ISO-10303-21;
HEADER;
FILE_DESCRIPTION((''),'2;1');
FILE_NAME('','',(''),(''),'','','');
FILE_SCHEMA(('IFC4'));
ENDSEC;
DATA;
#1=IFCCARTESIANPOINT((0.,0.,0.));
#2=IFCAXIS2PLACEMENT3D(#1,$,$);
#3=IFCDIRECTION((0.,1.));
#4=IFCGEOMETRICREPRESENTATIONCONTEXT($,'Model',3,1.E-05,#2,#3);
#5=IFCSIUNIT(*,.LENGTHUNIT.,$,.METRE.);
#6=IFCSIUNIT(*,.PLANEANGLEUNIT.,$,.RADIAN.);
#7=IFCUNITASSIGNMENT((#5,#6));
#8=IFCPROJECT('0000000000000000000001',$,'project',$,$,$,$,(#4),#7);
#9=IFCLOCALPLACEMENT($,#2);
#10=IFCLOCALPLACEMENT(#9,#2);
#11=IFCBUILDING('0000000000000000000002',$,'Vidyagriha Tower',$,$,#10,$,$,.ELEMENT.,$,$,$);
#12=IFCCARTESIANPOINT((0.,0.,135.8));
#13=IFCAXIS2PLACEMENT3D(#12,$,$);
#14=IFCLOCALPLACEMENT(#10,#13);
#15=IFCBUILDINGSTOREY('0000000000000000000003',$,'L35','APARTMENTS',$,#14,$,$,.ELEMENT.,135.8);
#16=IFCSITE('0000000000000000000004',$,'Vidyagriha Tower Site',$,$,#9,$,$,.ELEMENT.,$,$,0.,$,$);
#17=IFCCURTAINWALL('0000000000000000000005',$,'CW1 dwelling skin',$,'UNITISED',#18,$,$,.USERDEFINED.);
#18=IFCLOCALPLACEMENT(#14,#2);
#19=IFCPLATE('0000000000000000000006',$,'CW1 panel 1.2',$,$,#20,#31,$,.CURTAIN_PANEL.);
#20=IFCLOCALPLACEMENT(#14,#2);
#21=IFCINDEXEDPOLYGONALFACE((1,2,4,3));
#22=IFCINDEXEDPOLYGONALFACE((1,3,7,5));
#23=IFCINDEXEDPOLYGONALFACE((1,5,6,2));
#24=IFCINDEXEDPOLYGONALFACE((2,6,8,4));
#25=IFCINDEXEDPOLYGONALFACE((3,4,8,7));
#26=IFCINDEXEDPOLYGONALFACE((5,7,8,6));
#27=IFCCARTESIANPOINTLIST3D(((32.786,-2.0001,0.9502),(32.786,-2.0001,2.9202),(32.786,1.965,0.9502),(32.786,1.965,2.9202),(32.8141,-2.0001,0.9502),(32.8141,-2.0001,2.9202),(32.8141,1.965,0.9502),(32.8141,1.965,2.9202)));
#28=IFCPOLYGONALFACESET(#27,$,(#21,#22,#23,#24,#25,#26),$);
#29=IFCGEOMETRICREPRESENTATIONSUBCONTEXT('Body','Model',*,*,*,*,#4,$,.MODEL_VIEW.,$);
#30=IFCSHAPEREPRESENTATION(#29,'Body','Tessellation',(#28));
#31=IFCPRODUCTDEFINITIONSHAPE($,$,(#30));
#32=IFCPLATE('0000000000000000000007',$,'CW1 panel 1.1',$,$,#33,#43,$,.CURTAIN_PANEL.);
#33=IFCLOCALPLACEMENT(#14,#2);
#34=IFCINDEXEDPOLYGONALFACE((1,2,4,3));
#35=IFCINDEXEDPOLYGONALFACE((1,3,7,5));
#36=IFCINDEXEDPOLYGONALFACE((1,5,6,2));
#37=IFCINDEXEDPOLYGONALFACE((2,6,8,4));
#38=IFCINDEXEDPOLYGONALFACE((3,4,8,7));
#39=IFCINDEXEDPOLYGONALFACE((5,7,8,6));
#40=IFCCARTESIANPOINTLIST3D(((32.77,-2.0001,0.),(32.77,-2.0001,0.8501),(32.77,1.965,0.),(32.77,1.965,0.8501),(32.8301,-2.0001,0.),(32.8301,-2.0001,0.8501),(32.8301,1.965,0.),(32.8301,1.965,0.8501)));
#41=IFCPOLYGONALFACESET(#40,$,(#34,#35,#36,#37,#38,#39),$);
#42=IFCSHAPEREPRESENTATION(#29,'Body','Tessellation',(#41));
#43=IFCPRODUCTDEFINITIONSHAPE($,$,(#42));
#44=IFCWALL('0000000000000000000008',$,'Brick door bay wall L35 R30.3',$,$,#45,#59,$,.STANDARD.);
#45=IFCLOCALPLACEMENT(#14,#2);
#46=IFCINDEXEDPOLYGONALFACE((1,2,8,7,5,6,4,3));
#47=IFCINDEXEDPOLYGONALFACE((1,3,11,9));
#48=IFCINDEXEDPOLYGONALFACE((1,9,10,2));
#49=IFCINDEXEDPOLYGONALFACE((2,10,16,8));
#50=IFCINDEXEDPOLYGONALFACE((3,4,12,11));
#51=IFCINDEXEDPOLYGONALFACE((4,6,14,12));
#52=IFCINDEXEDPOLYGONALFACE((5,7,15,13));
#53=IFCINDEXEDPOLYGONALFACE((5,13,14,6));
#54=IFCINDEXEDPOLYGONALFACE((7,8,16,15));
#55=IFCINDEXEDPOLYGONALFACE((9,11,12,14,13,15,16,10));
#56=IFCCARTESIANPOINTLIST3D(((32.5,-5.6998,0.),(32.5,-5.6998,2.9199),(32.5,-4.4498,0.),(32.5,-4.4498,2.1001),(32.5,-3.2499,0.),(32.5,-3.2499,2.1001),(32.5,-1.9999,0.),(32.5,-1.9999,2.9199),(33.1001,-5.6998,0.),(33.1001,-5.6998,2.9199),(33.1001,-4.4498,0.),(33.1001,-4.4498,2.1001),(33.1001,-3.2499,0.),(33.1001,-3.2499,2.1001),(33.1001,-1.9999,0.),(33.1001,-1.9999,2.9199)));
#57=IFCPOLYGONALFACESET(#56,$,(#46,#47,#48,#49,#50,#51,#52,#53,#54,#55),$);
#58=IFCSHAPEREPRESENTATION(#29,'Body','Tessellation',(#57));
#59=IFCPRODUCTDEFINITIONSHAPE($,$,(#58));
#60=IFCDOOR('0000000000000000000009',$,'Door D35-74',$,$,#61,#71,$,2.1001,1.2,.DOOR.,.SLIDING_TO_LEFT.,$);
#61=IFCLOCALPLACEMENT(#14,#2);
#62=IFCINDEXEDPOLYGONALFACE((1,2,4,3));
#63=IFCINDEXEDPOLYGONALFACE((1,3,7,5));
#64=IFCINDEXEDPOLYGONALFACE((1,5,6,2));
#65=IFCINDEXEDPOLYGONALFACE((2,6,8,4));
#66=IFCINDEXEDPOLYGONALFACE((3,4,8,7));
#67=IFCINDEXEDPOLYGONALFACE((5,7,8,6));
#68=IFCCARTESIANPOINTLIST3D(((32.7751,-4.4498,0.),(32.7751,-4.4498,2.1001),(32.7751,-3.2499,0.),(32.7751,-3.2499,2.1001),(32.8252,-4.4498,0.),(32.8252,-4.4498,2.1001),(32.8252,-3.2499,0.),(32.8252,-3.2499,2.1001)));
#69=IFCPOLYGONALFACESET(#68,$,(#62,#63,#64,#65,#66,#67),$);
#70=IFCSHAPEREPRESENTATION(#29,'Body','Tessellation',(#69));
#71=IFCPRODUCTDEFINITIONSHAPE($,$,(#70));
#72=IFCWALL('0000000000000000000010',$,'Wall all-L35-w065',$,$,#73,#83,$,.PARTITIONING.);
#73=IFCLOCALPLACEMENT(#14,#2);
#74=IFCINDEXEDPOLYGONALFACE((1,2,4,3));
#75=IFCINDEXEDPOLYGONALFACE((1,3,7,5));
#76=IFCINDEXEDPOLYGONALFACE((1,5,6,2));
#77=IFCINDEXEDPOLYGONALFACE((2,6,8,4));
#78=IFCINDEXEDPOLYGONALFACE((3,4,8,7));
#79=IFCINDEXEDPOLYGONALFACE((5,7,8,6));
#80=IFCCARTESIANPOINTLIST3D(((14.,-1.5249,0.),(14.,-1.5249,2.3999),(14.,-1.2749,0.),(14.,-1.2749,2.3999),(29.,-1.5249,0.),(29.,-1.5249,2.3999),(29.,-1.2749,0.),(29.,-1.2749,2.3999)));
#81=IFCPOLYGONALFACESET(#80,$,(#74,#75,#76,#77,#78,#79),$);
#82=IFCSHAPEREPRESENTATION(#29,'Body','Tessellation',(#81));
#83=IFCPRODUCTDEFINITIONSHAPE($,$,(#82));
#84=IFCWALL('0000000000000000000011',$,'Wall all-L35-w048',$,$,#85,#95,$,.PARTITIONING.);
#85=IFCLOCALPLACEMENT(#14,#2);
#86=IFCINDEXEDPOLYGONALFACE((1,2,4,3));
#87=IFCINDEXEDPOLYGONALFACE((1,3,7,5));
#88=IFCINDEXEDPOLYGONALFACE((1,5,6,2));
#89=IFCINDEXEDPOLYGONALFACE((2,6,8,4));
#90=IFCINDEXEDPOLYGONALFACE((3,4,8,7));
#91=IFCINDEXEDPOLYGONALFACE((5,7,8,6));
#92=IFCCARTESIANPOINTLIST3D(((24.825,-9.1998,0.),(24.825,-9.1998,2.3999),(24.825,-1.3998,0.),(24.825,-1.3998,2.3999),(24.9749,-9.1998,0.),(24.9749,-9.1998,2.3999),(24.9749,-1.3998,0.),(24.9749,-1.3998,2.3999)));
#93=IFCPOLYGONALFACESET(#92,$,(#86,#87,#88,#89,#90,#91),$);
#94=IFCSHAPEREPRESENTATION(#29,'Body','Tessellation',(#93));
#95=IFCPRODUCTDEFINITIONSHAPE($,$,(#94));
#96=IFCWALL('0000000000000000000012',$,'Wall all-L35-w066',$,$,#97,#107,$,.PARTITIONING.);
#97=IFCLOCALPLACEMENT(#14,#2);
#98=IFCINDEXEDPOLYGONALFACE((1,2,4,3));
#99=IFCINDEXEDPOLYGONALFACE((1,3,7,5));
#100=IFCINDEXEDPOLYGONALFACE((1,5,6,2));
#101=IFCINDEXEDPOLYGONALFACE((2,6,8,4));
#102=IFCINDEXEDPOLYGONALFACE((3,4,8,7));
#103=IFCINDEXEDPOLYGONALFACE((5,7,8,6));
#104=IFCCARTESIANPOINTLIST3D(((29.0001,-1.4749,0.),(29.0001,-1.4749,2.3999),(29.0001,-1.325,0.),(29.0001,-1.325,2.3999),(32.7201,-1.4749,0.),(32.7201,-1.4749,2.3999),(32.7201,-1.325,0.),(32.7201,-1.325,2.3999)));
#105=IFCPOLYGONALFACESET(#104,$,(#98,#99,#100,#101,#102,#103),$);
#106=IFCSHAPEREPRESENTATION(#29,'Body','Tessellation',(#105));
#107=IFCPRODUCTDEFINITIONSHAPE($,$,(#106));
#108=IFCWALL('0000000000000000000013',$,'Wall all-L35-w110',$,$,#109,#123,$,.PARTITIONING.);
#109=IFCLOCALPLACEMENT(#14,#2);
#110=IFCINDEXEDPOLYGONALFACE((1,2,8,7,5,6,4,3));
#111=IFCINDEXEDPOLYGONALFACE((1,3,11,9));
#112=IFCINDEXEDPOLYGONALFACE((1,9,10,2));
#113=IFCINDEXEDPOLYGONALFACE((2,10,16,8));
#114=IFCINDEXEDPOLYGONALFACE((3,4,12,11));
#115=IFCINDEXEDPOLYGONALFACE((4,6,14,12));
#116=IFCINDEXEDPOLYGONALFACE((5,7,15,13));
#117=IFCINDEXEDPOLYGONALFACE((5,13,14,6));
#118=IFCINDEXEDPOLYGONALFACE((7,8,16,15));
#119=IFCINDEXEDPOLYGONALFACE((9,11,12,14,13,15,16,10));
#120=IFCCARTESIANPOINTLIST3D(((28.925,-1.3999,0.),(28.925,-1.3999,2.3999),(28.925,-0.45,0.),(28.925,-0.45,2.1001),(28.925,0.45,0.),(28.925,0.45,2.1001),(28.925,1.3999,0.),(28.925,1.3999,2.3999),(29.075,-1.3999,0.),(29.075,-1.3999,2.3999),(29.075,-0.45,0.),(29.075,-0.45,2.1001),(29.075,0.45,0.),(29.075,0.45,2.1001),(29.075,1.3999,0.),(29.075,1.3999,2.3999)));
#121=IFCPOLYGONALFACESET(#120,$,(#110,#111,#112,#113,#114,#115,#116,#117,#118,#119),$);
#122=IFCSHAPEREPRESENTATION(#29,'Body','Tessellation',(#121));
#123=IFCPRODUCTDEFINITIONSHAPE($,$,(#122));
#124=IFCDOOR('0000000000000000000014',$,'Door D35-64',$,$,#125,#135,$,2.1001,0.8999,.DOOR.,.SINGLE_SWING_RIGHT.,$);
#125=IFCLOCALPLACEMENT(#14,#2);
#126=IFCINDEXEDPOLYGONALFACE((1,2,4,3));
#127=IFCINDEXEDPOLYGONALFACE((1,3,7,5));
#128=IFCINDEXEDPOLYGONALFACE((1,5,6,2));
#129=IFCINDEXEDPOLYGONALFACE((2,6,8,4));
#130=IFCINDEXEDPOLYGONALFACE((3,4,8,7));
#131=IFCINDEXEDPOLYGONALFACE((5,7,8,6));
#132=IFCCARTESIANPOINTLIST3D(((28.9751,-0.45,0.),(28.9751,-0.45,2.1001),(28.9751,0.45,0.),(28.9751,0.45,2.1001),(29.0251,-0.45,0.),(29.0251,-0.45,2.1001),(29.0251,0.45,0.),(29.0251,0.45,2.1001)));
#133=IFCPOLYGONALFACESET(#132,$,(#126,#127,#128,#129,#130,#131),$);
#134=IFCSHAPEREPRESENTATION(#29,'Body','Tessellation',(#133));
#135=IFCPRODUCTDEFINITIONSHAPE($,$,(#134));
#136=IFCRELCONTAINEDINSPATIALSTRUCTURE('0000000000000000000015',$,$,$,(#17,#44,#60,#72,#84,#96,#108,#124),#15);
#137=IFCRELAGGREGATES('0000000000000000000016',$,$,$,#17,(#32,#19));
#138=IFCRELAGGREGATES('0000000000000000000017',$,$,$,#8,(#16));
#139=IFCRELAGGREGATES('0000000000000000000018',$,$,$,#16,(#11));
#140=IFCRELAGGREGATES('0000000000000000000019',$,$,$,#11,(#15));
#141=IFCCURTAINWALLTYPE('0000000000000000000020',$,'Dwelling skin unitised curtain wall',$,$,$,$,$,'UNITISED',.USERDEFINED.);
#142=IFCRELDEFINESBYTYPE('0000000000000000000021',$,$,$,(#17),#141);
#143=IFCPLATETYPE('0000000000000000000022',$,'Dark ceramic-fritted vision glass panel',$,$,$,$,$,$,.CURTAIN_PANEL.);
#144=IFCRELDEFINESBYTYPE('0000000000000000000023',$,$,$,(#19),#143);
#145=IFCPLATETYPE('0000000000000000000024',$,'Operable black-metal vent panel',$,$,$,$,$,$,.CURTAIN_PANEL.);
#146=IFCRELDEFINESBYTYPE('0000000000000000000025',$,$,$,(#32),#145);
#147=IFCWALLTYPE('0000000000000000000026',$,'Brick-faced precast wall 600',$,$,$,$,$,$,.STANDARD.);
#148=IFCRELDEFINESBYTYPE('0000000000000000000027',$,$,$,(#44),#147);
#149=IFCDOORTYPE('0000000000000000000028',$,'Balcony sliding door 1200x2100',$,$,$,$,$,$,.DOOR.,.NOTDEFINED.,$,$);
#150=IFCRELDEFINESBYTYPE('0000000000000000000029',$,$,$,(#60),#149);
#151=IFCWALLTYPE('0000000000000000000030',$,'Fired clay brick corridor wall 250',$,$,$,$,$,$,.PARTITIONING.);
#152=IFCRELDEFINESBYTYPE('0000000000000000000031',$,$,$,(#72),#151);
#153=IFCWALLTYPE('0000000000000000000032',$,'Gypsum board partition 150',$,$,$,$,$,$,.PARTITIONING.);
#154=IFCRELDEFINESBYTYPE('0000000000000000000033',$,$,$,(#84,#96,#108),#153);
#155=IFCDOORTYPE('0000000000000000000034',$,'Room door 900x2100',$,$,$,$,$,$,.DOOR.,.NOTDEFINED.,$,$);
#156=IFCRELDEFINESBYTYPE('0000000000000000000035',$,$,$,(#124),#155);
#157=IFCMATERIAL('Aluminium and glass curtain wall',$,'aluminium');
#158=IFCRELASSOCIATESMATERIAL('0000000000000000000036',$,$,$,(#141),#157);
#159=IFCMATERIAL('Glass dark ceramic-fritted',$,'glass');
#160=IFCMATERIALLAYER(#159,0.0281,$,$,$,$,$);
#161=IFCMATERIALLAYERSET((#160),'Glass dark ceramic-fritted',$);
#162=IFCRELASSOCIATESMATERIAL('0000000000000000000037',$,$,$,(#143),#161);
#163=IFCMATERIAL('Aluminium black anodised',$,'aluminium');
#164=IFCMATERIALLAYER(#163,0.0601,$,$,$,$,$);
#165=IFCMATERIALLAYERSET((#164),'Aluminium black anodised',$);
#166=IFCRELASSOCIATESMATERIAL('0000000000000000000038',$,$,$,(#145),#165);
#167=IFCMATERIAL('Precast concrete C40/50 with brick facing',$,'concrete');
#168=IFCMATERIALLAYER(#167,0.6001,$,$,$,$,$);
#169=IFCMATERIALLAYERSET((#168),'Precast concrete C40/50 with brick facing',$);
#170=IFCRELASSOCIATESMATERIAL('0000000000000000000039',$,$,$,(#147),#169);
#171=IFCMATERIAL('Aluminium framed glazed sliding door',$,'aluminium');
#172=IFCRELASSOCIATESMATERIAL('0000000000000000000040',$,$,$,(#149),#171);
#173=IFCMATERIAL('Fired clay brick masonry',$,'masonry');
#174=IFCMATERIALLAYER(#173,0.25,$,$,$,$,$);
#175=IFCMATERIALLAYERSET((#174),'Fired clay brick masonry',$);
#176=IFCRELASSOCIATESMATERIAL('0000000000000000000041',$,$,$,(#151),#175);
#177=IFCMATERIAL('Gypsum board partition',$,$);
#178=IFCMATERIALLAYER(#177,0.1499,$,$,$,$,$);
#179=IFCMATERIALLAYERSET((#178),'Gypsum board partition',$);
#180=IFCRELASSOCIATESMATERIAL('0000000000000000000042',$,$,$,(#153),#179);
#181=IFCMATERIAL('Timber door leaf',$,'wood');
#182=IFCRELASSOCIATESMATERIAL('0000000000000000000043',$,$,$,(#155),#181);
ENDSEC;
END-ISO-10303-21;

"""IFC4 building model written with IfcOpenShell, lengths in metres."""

from ifc_helpers import new_model, si_unit, direction, frame, frame_2d, origin, origin_2d, place, context, subcontext, project, spatial, rectangle, extrude, material, layer, layer_set, type_object, element, fill, aggregate, save


model = new_model("IFC4")

# Units and contexts
model_context = context("Model", 3, precision=1e-05, world=origin(), true_north=direction((0.0, 1.0)))
body_context = subcontext(model_context, "Body", "Model", "MODEL_VIEW")
ifc_project = project(units=[si_unit("LENGTHUNIT", "METRE"), si_unit("PLANEANGLEUNIT", "RADIAN")], contexts=[model_context])

# Site, building, storey
site_placement = place(None, origin())
site = spatial("IfcSite", under=ifc_project, at=site_placement, Name="Vidyagriha Tower Site", CompositionType="ELEMENT", RefElevation=0.0)
building_placement = place(site_placement, origin())
building = spatial("IfcBuilding", under=site, at=building_placement, Name="Vidyagriha Tower", CompositionType="ELEMENT")
storey_placement = place(building_placement, frame((0.0, 0.0, 135.8)))
storey = spatial("IfcBuildingStorey", under=building, at=storey_placement, Name="L35", Description="APARTMENTS", CompositionType="ELEMENT", Elevation=135.8)

# Shared definitions
ifc_material_1 = material(Name="Aluminium and glass curtain wall", Category="aluminium")
curtain_wall_type = type_object("IfcCurtainWallType", Name="Dwelling skin unitised curtain wall", ElementType="UNITISED", PredefinedType="USERDEFINED", material=ifc_material_1)

# Curtain wall
curtain_wall_1_placement = place(storey_placement, origin())
curtain_wall_1 = element("IfcCurtainWall", 1, at=curtain_wall_1_placement, inside=storey, type_object=curtain_wall_type, Name="CW1 dwelling skin", ObjectType="UNITISED", PredefinedType="USERDEFINED")

# Plates
ifc_material_2 = material(Name="Glass dark ceramic-fritted", Category="glass")
ifc_layer_1 = layer(ifc_material_2, 0.0281)
ifc_layer_set_1 = layer_set([ifc_layer_1], Name="Glass dark ceramic-fritted")
plate_type_1 = type_object("IfcPlateType", Name="Dark ceramic-fritted vision glass panel", PredefinedType="CURTAIN_PANEL", material=ifc_layer_set_1)
plate_1_placement = place(storey_placement, frame((32.8, -0.0176, 0.9502), z_axis=(0.0, 0.0, 1.0), x_axis=(0.0, 1.0, 0.0)))
plate_1 = element("IfcPlate", 2, at=plate_1_placement, type_object=plate_type_1, Name="CW1 panel 1.2", PredefinedType="CURTAIN_PANEL", context=body_context, shape_type="SweptSolid", body=[
    extrude(rectangle(XDim=3.9651, YDim=0.0281, at=origin_2d()), origin(), (0.0, 0.0, 1.0), 1.97),
])
ifc_material_3 = material(Name="Aluminium black anodised", Category="aluminium")
ifc_layer_2 = layer(ifc_material_3, 0.0601)
ifc_layer_set_2 = layer_set([ifc_layer_2], Name="Aluminium black anodised")
plate_type_2 = type_object("IfcPlateType", Name="Operable black-metal vent panel", PredefinedType="CURTAIN_PANEL", material=ifc_layer_set_2)
plate_2_placement = place(storey_placement, frame((32.8, -0.0176, 0.0), z_axis=(0.0, 0.0, 1.0), x_axis=(0.0, 1.0, 0.0)))
plate_2 = element("IfcPlate", 3, at=plate_2_placement, type_object=plate_type_2, Name="CW1 panel 1.1", PredefinedType="CURTAIN_PANEL", context=body_context, shape_type="SweptSolid", body=[
    extrude(rectangle(XDim=3.9651, YDim=0.0601, at=origin_2d()), origin(), (0.0, 0.0, 1.0), 0.8501),
])
aggregate(curtain_wall_1, [plate_2, plate_1])

# Wall, opening, door
ifc_material_4 = material(Name="Precast concrete C40/50 with brick facing", Category="concrete")
ifc_layer_3 = layer(ifc_material_4, 0.6001)
ifc_layer_set_3 = layer_set([ifc_layer_3], Name="Precast concrete C40/50 with brick facing")
wall_type_1 = type_object("IfcWallType", Name="Brick-faced precast wall 600", PredefinedType="STANDARD", material=ifc_layer_set_3)
wall_1_placement = place(storey_placement, frame((32.8, -5.7, 0.0), z_axis=(0.0, 0.0, 1.0), x_axis=(0.0, 1.0, 0.0)))
wall_1 = element("IfcWall", 4, at=wall_1_placement, inside=storey, type_object=wall_type_1, Name="Brick door bay wall L35 R30.3", PredefinedType="STANDARD", context=body_context, shape_type="SweptSolid", body=[
    extrude(rectangle(XDim=3.7, YDim=0.6001, at=frame_2d((1.8501, 0.0))), origin(), (0.0, 0.0, 1.0), 2.9199),
])
opening_1_placement = place(wall_1_placement, frame((1.25, 0.0, 0.0)))
opening_1 = element("IfcOpeningElement", 5, at=opening_1_placement, cuts=wall_1, PredefinedType="OPENING", context=body_context, shape_type="SweptSolid", body=[
    extrude(rectangle(XDim=1.2, YDim=2.1001, at=frame_2d((0.6001, 1.05))), frame((0.0, 0.3101, 0.0), z_axis=(0.0, -1.0, 0.0), x_axis=(1.0, 0.0, 0.0)), (0.0, 0.0, 1.0), 0.6201),
])
ifc_material_5 = material(Name="Aluminium framed glazed sliding door", Category="aluminium")
door_type_1 = type_object("IfcDoorType", Name="Balcony sliding door 1200x2100", OperationType="NOTDEFINED", PredefinedType="DOOR", material=ifc_material_5)
door_1_placement = place(opening_1_placement, origin())
door_1 = element("IfcDoor", 6, at=door_1_placement, inside=storey, type_object=door_type_1, Name="Door D35-74", OperationType="SLIDING_TO_LEFT", OverallHeight=2.1001, OverallWidth=1.2, PredefinedType="DOOR", context=body_context, shape_type="SweptSolid", body=[
    extrude(rectangle(XDim=1.2, YDim=2.1001, at=frame_2d((0.6001, 1.05))), frame((0.0, 0.0249, 0.0), z_axis=(0.0, -1.0, 0.0), x_axis=(1.0, 0.0, 0.0)), (0.0, 0.0, 1.0), 0.05),
])
fill(opening_1, door_1)

# Walls
ifc_material_6 = material(Name="Fired clay brick masonry", Category="masonry")
ifc_layer_4 = layer(ifc_material_6, 0.25)
ifc_layer_set_4 = layer_set([ifc_layer_4], Name="Fired clay brick masonry")
wall_type_2 = type_object("IfcWallType", Name="Fired clay brick corridor wall 250", PredefinedType="PARTITIONING", material=ifc_layer_set_4)
wall_2_placement = place(storey_placement, frame((29.0, -1.3999, 0.0), z_axis=(0.0, 0.0, 1.0), x_axis=(-1.0, 0.0, 0.0)))
element("IfcWall", 7, at=wall_2_placement, inside=storey, type_object=wall_type_2, Name="Wall all-L35-w065", PredefinedType="PARTITIONING", context=body_context, shape_type="SweptSolid", body=[
    extrude(rectangle(XDim=15.0, YDim=0.25, at=frame_2d((7.5, 0.0))), origin(), (0.0, 0.0, 1.0), 2.3999),
])
ifc_material_7 = material(Name="Gypsum board partition")
ifc_layer_5 = layer(ifc_material_7, 0.1499)
ifc_layer_set_5 = layer_set([ifc_layer_5], Name="Gypsum board partition")
wall_type_3 = type_object("IfcWallType", Name="Gypsum board partition 150", PredefinedType="PARTITIONING", material=ifc_layer_set_5)
wall_3_placement = place(storey_placement, frame((24.8999, -1.3999, 0.0), z_axis=(0.0, 0.0, 1.0), x_axis=(0.0, -1.0, 0.0)))
element("IfcWall", 8, at=wall_3_placement, inside=storey, type_object=wall_type_3, Name="Wall all-L35-w048", PredefinedType="PARTITIONING", context=body_context, shape_type="SweptSolid", body=[
    extrude(rectangle(XDim=7.8, YDim=0.1499, at=frame_2d((3.8999, 0.0))), origin(), (0.0, 0.0, 1.0), 2.3999),
])
wall_4_placement = place(storey_placement, frame((32.72, -1.3999, 0.0), z_axis=(0.0, 0.0, 1.0), x_axis=(-1.0, 0.0, 0.0)))
element("IfcWall", 9, at=wall_4_placement, inside=storey, type_object=wall_type_3, Name="Wall all-L35-w066", PredefinedType="PARTITIONING", context=body_context, shape_type="SweptSolid", body=[
    extrude(rectangle(XDim=3.72, YDim=0.1499, at=frame_2d((1.8599, 0.0))), origin(), (0.0, 0.0, 1.0), 2.3999),
])

# Wall, opening, door
wall_5_placement = place(storey_placement, frame((29.0, -1.3999, 0.0), z_axis=(0.0, 0.0, 1.0), x_axis=(0.0, 1.0, 0.0)))
wall_5 = element("IfcWall", 10, at=wall_5_placement, inside=storey, type_object=wall_type_3, Name="Wall all-L35-w110", PredefinedType="PARTITIONING", context=body_context, shape_type="SweptSolid", body=[
    extrude(rectangle(XDim=2.7998, YDim=0.1499, at=frame_2d((1.3999, 0.0))), origin(), (0.0, 0.0, 1.0), 2.3999),
])
opening_2_placement = place(wall_5_placement, frame((0.95, 0.0, 0.0)))
opening_2 = element("IfcOpeningElement", 11, at=opening_2_placement, cuts=wall_5, PredefinedType="OPENING", context=body_context, shape_type="SweptSolid", body=[
    extrude(rectangle(XDim=0.8999, YDim=2.1001, at=frame_2d((0.45, 1.05))), frame((0.0, 0.085, 0.0), z_axis=(0.0, -1.0, 0.0), x_axis=(1.0, 0.0, 0.0)), (0.0, 0.0, 1.0), 0.1699),
])
ifc_material_8 = material(Name="Timber door leaf", Category="wood")
door_type_2 = type_object("IfcDoorType", Name="Room door 900x2100", OperationType="NOTDEFINED", PredefinedType="DOOR", material=ifc_material_8)
door_2_placement = place(opening_2_placement, origin())
door_2 = element("IfcDoor", 12, at=door_2_placement, inside=storey, type_object=door_type_2, Name="Door D35-64", OperationType="SINGLE_SWING_RIGHT", OverallHeight=2.1001, OverallWidth=0.8999, PredefinedType="DOOR", context=body_context, shape_type="SweptSolid", body=[
    extrude(rectangle(XDim=0.8999, YDim=2.1001, at=frame_2d((0.45, 1.05))), frame((0.0, 0.0249, 0.0), z_axis=(0.0, -1.0, 0.0), x_axis=(1.0, 0.0, 0.0)), (0.0, 0.0, 1.0), 0.05),
])
fill(opening_2, door_2)

save(model, "model.ifc")
